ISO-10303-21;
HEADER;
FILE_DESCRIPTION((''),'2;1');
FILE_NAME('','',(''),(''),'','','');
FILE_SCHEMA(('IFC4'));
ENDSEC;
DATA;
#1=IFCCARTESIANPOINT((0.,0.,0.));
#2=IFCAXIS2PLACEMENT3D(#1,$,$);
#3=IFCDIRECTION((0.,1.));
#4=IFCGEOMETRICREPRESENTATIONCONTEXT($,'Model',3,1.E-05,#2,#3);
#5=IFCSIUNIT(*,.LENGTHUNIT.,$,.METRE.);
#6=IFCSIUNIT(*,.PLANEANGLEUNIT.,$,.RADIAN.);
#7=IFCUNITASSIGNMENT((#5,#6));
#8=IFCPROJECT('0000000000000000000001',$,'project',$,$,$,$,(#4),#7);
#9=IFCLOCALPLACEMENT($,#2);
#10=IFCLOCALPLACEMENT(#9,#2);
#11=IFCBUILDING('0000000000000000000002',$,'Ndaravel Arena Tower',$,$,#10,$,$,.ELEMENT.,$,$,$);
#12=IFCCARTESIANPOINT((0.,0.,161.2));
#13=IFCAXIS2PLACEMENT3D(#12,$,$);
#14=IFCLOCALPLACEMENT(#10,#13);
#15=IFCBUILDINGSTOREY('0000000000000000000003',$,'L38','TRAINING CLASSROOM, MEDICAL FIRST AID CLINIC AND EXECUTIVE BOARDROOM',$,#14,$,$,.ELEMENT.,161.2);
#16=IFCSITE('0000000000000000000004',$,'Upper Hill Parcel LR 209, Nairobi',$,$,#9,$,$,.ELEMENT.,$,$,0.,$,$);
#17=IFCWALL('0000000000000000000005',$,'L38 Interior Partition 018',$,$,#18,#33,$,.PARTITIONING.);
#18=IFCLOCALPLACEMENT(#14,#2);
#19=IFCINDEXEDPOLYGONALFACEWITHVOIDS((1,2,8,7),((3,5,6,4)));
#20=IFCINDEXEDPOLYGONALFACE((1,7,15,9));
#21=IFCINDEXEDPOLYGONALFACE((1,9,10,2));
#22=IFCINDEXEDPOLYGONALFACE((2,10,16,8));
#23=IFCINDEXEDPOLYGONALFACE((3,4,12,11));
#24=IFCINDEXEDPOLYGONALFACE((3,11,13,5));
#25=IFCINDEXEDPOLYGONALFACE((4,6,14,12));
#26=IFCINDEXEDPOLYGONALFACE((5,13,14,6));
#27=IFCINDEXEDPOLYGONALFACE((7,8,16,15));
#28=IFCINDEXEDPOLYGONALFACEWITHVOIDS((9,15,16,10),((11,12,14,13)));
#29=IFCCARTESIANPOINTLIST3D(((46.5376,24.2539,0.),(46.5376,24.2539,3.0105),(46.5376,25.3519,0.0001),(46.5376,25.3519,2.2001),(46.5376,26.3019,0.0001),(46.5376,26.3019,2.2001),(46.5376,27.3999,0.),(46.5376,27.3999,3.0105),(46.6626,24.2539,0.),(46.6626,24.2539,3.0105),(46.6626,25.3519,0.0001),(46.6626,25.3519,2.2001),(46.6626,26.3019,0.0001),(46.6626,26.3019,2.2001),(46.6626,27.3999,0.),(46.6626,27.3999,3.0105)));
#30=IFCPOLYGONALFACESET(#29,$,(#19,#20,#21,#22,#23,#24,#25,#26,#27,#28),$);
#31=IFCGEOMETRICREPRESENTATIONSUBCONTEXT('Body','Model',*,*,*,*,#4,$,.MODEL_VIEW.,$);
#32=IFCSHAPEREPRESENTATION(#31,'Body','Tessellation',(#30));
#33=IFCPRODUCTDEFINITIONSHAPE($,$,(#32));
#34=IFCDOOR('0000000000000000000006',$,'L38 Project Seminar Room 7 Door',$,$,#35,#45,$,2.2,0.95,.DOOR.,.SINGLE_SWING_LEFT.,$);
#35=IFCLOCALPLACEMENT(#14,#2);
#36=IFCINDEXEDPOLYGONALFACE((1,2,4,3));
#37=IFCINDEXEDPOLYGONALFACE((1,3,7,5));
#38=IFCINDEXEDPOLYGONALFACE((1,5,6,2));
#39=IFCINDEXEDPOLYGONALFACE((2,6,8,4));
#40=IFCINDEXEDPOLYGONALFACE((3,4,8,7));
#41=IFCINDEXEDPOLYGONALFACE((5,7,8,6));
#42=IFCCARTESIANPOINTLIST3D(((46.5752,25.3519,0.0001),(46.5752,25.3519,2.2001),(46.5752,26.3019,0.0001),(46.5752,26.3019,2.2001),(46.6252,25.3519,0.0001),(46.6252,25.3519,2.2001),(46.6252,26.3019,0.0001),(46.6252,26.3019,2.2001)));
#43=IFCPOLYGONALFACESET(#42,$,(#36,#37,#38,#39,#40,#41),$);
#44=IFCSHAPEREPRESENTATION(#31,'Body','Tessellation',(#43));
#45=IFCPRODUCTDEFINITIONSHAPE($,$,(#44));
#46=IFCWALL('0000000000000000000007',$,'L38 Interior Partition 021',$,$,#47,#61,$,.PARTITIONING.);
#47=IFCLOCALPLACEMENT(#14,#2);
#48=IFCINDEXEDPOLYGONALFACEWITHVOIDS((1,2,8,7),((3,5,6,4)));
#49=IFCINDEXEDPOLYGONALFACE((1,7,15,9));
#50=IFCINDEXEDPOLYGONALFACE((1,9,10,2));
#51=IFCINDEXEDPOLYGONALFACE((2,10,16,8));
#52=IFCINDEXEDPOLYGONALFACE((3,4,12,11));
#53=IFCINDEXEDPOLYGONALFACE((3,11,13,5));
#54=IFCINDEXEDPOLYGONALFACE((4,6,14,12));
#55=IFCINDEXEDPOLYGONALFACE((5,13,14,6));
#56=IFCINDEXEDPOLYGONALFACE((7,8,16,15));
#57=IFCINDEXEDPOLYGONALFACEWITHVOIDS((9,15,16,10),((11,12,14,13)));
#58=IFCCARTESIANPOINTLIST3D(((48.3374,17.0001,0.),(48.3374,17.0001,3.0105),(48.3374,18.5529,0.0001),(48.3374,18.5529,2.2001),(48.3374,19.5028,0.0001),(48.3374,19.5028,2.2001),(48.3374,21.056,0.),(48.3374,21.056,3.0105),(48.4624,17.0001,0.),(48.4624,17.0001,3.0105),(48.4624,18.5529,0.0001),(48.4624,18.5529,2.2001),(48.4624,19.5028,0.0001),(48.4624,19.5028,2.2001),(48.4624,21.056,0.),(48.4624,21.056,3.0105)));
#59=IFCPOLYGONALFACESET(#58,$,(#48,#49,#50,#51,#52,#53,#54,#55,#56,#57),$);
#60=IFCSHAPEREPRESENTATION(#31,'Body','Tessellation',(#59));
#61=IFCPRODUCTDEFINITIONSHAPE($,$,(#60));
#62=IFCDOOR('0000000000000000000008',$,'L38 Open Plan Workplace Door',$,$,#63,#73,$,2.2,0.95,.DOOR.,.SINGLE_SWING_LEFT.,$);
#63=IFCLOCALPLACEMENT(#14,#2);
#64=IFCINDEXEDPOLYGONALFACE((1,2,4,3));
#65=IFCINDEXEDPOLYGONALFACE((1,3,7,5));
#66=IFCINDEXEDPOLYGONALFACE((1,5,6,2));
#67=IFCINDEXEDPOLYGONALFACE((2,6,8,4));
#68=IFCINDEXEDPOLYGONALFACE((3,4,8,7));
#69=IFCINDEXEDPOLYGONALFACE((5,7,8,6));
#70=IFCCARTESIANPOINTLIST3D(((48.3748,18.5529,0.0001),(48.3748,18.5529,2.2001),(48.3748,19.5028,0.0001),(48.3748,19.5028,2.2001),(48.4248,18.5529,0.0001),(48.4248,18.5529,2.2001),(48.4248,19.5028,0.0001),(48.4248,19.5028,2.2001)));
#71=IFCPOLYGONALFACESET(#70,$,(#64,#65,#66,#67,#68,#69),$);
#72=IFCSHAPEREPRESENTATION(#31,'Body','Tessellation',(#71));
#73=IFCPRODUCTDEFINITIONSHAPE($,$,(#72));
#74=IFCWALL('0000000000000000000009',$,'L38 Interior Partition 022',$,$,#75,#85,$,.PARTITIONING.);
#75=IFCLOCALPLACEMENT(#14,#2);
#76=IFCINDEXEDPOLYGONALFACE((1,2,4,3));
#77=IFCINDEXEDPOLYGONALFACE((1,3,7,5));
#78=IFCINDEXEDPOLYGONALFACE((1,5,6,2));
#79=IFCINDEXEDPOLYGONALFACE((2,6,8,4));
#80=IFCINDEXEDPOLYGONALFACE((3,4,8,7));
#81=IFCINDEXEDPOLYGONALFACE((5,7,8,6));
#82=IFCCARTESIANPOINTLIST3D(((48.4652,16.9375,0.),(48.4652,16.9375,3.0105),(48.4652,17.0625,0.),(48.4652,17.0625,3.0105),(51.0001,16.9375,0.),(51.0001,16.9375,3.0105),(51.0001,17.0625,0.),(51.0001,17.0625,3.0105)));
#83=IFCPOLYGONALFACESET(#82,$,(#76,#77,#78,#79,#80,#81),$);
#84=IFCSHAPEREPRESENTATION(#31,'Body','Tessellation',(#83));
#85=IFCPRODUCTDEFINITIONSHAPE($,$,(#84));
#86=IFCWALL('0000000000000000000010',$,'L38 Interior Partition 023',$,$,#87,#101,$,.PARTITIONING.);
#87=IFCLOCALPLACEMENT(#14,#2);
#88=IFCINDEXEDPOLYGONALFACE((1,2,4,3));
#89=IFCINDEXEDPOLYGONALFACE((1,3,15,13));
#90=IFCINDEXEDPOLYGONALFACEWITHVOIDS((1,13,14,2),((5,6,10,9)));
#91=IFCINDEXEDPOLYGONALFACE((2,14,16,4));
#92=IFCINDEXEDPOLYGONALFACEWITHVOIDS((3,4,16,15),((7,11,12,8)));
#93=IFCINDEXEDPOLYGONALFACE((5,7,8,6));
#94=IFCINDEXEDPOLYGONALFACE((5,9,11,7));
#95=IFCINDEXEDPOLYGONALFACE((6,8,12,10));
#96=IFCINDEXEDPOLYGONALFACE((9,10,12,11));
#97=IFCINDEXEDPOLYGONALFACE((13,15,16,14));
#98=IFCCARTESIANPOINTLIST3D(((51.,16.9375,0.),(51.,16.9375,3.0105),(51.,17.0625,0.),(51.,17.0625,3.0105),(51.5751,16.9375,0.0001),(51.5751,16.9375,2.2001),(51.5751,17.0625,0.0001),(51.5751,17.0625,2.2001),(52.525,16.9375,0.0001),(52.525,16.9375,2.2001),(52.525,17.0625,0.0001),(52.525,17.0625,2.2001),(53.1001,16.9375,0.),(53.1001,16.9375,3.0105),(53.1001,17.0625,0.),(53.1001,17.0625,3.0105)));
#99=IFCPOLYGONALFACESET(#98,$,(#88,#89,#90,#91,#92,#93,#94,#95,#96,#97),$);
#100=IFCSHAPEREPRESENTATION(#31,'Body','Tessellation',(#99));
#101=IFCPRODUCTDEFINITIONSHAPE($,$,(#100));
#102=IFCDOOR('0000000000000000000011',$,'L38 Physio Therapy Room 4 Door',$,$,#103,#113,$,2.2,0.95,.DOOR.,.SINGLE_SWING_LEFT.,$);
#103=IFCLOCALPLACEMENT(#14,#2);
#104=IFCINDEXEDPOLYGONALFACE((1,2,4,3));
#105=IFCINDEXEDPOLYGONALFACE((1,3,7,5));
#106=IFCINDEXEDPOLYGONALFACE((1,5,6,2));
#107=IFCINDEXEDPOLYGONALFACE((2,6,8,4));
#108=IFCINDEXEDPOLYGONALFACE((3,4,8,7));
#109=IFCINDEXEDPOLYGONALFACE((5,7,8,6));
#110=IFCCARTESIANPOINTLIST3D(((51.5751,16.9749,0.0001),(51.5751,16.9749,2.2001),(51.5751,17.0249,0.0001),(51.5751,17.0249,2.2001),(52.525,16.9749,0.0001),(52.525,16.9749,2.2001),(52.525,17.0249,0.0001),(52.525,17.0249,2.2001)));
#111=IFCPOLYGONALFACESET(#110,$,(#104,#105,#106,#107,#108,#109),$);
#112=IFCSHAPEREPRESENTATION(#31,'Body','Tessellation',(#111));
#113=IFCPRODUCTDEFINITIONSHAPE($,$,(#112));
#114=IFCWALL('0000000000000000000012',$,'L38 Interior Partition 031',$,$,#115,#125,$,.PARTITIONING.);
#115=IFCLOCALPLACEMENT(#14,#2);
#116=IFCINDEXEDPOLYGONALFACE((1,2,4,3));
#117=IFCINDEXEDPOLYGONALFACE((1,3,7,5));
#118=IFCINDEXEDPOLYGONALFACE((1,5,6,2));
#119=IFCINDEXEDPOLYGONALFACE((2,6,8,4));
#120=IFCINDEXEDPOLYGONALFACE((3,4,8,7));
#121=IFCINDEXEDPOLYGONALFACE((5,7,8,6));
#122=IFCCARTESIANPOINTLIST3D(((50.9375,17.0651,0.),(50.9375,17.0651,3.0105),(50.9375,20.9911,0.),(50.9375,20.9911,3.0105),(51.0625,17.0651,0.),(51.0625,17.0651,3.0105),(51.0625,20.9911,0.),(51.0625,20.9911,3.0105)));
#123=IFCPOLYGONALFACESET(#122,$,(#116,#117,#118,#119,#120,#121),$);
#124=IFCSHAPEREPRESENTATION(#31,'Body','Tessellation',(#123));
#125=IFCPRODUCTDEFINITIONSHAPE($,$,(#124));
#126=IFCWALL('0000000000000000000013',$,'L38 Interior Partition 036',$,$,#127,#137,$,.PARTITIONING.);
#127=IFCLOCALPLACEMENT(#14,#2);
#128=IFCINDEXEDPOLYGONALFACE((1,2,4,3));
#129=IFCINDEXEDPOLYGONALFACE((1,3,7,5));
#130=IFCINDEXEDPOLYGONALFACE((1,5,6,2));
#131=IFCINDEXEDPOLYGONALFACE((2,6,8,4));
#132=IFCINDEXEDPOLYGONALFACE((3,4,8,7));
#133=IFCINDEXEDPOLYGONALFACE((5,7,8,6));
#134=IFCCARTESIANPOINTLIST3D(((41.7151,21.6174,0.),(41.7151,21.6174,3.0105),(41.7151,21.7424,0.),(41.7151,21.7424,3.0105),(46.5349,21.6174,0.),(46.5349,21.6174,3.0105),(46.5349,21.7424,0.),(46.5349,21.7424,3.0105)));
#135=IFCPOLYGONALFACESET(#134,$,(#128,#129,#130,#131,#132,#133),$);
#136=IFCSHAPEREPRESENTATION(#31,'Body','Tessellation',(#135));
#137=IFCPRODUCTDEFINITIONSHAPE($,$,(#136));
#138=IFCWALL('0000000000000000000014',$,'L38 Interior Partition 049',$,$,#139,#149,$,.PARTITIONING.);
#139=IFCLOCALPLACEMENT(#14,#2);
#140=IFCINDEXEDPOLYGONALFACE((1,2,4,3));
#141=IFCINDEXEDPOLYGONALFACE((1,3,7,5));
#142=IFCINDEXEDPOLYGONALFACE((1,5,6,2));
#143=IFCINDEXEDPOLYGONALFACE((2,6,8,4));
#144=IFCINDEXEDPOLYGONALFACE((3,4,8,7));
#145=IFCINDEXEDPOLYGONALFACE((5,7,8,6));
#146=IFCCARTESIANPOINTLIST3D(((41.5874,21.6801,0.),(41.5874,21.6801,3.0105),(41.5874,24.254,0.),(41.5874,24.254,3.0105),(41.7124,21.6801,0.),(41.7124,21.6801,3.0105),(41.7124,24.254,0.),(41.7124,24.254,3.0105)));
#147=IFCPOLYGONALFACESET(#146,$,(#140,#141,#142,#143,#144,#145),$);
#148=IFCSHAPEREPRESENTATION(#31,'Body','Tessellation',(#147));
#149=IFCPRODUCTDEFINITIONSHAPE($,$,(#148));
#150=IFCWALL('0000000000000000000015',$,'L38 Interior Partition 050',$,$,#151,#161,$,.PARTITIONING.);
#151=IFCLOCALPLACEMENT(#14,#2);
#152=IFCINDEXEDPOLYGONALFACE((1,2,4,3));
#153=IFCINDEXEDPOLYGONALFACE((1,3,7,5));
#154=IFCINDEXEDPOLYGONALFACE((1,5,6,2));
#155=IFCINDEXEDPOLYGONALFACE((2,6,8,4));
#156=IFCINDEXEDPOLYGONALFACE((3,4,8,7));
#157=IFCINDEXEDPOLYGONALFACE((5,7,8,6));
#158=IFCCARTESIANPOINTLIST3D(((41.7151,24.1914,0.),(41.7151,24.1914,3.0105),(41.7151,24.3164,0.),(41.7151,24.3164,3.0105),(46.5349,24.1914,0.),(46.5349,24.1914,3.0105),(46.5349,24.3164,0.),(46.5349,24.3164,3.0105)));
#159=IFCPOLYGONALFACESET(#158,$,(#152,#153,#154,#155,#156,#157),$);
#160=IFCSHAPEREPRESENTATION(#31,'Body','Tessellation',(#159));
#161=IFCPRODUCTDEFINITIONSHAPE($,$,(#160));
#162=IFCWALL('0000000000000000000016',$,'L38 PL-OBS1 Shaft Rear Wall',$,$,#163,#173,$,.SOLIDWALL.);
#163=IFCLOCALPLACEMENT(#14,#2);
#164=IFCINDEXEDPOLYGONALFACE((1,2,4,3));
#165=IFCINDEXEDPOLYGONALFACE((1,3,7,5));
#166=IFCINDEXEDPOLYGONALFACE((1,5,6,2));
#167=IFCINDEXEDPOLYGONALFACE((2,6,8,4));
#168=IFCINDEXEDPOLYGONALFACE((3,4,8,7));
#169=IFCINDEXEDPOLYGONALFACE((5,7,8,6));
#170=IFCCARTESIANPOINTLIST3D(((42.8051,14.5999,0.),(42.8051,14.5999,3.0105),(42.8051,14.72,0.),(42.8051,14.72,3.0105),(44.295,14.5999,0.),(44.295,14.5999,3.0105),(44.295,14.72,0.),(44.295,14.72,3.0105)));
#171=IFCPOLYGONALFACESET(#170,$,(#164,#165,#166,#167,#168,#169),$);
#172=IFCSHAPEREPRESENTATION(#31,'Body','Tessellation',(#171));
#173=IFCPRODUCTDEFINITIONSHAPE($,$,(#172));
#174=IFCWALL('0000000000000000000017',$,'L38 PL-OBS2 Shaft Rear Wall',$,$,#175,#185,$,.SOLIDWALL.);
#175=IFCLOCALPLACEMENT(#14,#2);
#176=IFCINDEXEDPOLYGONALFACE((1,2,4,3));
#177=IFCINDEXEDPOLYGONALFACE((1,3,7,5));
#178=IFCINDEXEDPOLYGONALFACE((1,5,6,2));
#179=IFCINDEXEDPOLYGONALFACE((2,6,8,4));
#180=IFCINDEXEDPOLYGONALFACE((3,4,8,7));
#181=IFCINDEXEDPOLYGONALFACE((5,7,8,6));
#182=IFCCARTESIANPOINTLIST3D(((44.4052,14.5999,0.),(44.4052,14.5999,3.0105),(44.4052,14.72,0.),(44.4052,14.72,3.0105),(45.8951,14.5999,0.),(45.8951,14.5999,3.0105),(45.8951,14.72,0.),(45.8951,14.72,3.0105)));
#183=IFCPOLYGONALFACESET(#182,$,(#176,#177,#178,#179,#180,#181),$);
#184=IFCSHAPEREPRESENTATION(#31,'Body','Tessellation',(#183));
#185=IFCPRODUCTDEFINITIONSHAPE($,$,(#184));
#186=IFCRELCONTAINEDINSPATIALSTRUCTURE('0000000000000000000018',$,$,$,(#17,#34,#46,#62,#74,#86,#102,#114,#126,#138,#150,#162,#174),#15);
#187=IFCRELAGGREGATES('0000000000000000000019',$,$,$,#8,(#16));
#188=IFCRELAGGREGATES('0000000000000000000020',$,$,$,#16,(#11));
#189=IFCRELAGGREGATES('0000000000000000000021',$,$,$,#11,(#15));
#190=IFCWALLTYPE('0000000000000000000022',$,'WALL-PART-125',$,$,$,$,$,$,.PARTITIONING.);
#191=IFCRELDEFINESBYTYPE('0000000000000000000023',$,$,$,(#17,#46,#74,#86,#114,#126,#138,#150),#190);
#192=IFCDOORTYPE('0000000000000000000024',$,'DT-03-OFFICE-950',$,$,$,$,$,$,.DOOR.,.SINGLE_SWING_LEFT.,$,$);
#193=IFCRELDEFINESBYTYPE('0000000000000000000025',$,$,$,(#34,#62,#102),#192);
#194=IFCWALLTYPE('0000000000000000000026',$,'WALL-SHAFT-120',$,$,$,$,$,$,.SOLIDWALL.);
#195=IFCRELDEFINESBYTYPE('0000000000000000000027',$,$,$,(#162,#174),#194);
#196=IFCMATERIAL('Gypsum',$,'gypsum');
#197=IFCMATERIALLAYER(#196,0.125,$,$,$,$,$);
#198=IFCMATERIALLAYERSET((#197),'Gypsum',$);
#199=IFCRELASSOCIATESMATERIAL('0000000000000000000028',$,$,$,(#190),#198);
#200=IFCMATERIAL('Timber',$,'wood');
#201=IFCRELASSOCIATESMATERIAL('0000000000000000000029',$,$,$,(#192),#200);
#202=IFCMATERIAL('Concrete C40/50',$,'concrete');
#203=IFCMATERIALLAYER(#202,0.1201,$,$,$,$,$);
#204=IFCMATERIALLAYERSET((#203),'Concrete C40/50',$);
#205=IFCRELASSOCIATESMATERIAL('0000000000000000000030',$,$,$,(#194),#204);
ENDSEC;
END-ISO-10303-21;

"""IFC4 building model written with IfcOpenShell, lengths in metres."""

from ifc_helpers import new_model, si_unit, direction, frame, frame_2d, origin, place, context, subcontext, project, spatial, rectangle, extrude, material, layer, layer_set, type_object, element, fill, save


model = new_model("IFC4")

# Units and contexts
model_context = context("Model", 3, precision=1e-05, world=origin(), true_north=direction((0.0, 1.0)))
body_context = subcontext(model_context, "Body", "Model", "MODEL_VIEW")
ifc_project = project(units=[si_unit("LENGTHUNIT", "METRE"), si_unit("PLANEANGLEUNIT", "RADIAN")], contexts=[model_context])

# Site, building, storey
site_placement = place(None, origin())
site = spatial("IfcSite", under=ifc_project, at=site_placement, Name="Upper Hill Parcel LR 209, Nairobi", CompositionType="ELEMENT", RefElevation=0.0)
building_placement = place(site_placement, origin())
building = spatial("IfcBuilding", under=site, at=building_placement, Name="Ndaravel Arena Tower", CompositionType="ELEMENT")
storey_placement = place(building_placement, frame((0.0, 0.0, 161.2)))
storey = spatial("IfcBuildingStorey", under=building, at=storey_placement, Name="L38", Description="TRAINING CLASSROOM, MEDICAL FIRST AID CLINIC AND EXECUTIVE BOARDROOM", CompositionType="ELEMENT", Elevation=161.2)

# Shared definitions
ifc_material_1 = material(Name="Gypsum", Category="gypsum")
ifc_layer_1 = layer(ifc_material_1, 0.125)
ifc_layer_set_1 = layer_set([ifc_layer_1], Name="Gypsum")
wall_type_1 = type_object("IfcWallType", Name="WALL-PART-125", PredefinedType="PARTITIONING", material=ifc_layer_set_1)

# Walls, openings, doors
ifc_material_2 = material(Name="Timber", Category="wood")
door_type = type_object("IfcDoorType", Name="DT-03-OFFICE-950", OperationType="SINGLE_SWING_LEFT", PredefinedType="DOOR", material=ifc_material_2)
wall_1_placement = place(storey_placement, frame((46.6001, 24.2539, 0.0), z_axis=(0.0, 0.0, 1.0), x_axis=(0.0, 1.0, 0.0)))
wall_1 = element("IfcWall", 1, at=wall_1_placement, inside=storey, type_object=wall_type_1, Name="L38 Interior Partition 018", PredefinedType="PARTITIONING", context=body_context, shape_type="SweptSolid", body=[
    extrude(rectangle(XDim=3.146, YDim=0.125, at=frame_2d((1.573, 0.0))), origin(), (0.0, 0.0, 1.0), 3.0105),
])
opening_1_placement = place(wall_1_placement, frame((1.0979, 0.0, 0.0)))
opening_1 = element("IfcOpeningElement", 2, at=opening_1_placement, cuts=wall_1, PredefinedType="OPENING", context=body_context, shape_type="SweptSolid", body=[
    extrude(rectangle(XDim=0.95, YDim=2.2, at=frame_2d((0.4751, 1.1001))), frame((0.0, 0.0625, 0.0), z_axis=(0.0, -1.0, 0.0), x_axis=(1.0, 0.0, 0.0)), (0.0, 0.0, 1.0), 0.125),
])
door_1_placement = place(opening_1_placement, origin())
door_1 = element("IfcDoor", 3, at=door_1_placement, inside=storey, type_object=door_type, Name="L38 Project Seminar Room 7 Door", OperationType="SINGLE_SWING_LEFT", OverallHeight=2.2, OverallWidth=0.95, PredefinedType="DOOR", context=body_context, shape_type="SweptSolid", body=[
    extrude(rectangle(XDim=0.95, YDim=2.2, at=frame_2d((0.4751, 1.1001))), frame((0.0, 0.0249, 0.0), z_axis=(0.0, -1.0, 0.0), x_axis=(1.0, 0.0, 0.0)), (0.0, 0.0, 1.0), 0.05),
])
fill(opening_1, door_1)
wall_2_placement = place(storey_placement, frame((48.3999, 21.0559, 0.0), z_axis=(0.0, 0.0, 1.0), x_axis=(0.0, -1.0, 0.0)))
wall_2 = element("IfcWall", 4, at=wall_2_placement, inside=storey, type_object=wall_type_1, Name="L38 Interior Partition 021", PredefinedType="PARTITIONING", context=body_context, shape_type="SweptSolid", body=[
    extrude(rectangle(XDim=4.0559, YDim=0.125, at=frame_2d((2.0278, 0.0))), origin(), (0.0, 0.0, 1.0), 3.0105),
])
opening_2_placement = place(wall_2_placement, frame((1.553, 0.0, 0.0)))
opening_2 = element("IfcOpeningElement", 5, at=opening_2_placement, cuts=wall_2, PredefinedType="OPENING", context=body_context, shape_type="SweptSolid", body=[
    extrude(rectangle(XDim=0.95, YDim=2.2, at=frame_2d((0.4751, 1.1001))), frame((0.0, 0.0625, 0.0), z_axis=(0.0, -1.0, 0.0), x_axis=(1.0, 0.0, 0.0)), (0.0, 0.0, 1.0), 0.125),
])
door_2_placement = place(opening_2_placement, origin())
door_2 = element("IfcDoor", 6, at=door_2_placement, inside=storey, type_object=door_type, Name="L38 Open Plan Workplace Door", OperationType="SINGLE_SWING_LEFT", OverallHeight=2.2, OverallWidth=0.95, PredefinedType="DOOR", context=body_context, shape_type="SweptSolid", body=[
    extrude(rectangle(XDim=0.95, YDim=2.2, at=frame_2d((0.4751, 1.1001))), frame((0.0, 0.0249, 0.0), z_axis=(0.0, -1.0, 0.0), x_axis=(1.0, 0.0, 0.0)), (0.0, 0.0, 1.0), 0.05),
])
fill(opening_2, door_2)

# Wall
wall_3_placement = place(storey_placement, frame((48.4651, 17.0, 0.0), z_axis=(0.0, 0.0, 1.0), x_axis=(1.0, 0.0, 0.0)))
element("IfcWall", 7, at=wall_3_placement, inside=storey, type_object=wall_type_1, Name="L38 Interior Partition 022", PredefinedType="PARTITIONING", context=body_context, shape_type="SweptSolid", body=[
    extrude(rectangle(XDim=2.5349, YDim=0.125, at=frame_2d((1.2676, 0.0))), origin(), (0.0, 0.0, 1.0), 3.0105),
])

# Wall, opening, door
wall_4_placement = place(storey_placement, frame((51.0, 17.0, 0.0), z_axis=(0.0, 0.0, 1.0), x_axis=(1.0, 0.0, 0.0)))
wall_4 = element("IfcWall", 8, at=wall_4_placement, inside=storey, type_object=wall_type_1, Name="L38 Interior Partition 023", PredefinedType="PARTITIONING", context=body_context, shape_type="SweptSolid", body=[
    extrude(rectangle(XDim=2.1001, YDim=0.125, at=frame_2d((1.05, 0.0))), origin(), (0.0, 0.0, 1.0), 3.0105),
])
opening_3_placement = place(wall_4_placement, frame((0.575, 0.0, 0.0)))
opening_3 = element("IfcOpeningElement", 9, at=opening_3_placement, cuts=wall_4, PredefinedType="OPENING", context=body_context, shape_type="SweptSolid", body=[
    extrude(rectangle(XDim=0.95, YDim=2.2, at=frame_2d((0.4751, 1.1001))), frame((0.0, 0.0625, 0.0), z_axis=(0.0, -1.0, 0.0), x_axis=(1.0, 0.0, 0.0)), (0.0, 0.0, 1.0), 0.125),
])
door_3_placement = place(opening_3_placement, origin())
door_3 = element("IfcDoor", 10, at=door_3_placement, inside=storey, type_object=door_type, Name="L38 Physio Therapy Room 4 Door", OperationType="SINGLE_SWING_LEFT", OverallHeight=2.2, OverallWidth=0.95, PredefinedType="DOOR", context=body_context, shape_type="SweptSolid", body=[
    extrude(rectangle(XDim=0.95, YDim=2.2, at=frame_2d((0.4751, 1.1001))), frame((0.0, 0.0249, 0.0), z_axis=(0.0, -1.0, 0.0), x_axis=(1.0, 0.0, 0.0)), (0.0, 0.0, 1.0), 0.05),
])
fill(opening_3, door_3)

# Walls
wall_5_placement = place(storey_placement, frame((51.0, 20.991, 0.0), z_axis=(0.0, 0.0, 1.0), x_axis=(0.0, -1.0, 0.0)))
element("IfcWall", 11, at=wall_5_placement, inside=storey, type_object=wall_type_1, Name="L38 Interior Partition 031", PredefinedType="PARTITIONING", context=body_context, shape_type="SweptSolid", body=[
    extrude(rectangle(XDim=3.926, YDim=0.125, at=frame_2d((1.9629, 0.0))), origin(), (0.0, 0.0, 1.0), 3.0105),
])
wall_6_placement = place(storey_placement, frame((41.7151, 21.6799, 0.0), z_axis=(0.0, 0.0, 1.0), x_axis=(1.0, 0.0, 0.0)))
element("IfcWall", 12, at=wall_6_placement, inside=storey, type_object=wall_type_1, Name="L38 Interior Partition 036", PredefinedType="PARTITIONING", context=body_context, shape_type="SweptSolid", body=[
    extrude(rectangle(XDim=4.8198, YDim=0.125, at=frame_2d((2.4099, 0.0))), origin(), (0.0, 0.0, 1.0), 3.0105),
])
wall_7_placement = place(storey_placement, frame((41.6499, 21.6799, 0.0), z_axis=(0.0, 0.0, 1.0), x_axis=(0.0, 1.0, 0.0)))
element("IfcWall", 13, at=wall_7_placement, inside=storey, type_object=wall_type_1, Name="L38 Interior Partition 049", PredefinedType="PARTITIONING", context=body_context, shape_type="SweptSolid", body=[
    extrude(rectangle(XDim=2.574, YDim=0.125, at=frame_2d((1.2871, 0.0))), origin(), (0.0, 0.0, 1.0), 3.0105),
])
wall_8_placement = place(storey_placement, frame((41.7151, 24.2539, 0.0), z_axis=(0.0, 0.0, 1.0), x_axis=(1.0, 0.0, 0.0)))
element("IfcWall", 14, at=wall_8_placement, inside=storey, type_object=wall_type_1, Name="L38 Interior Partition 050", PredefinedType="PARTITIONING", context=body_context, shape_type="SweptSolid", body=[
    extrude(rectangle(XDim=4.8198, YDim=0.125, at=frame_2d((2.4099, 0.0))), origin(), (0.0, 0.0, 1.0), 3.0105),
])
ifc_material_3 = material(Name="Concrete C40/50", Category="concrete")
ifc_layer_2 = layer(ifc_material_3, 0.1201)
ifc_layer_set_2 = layer_set([ifc_layer_2], Name="Concrete C40/50")
wall_type_2 = type_object("IfcWallType", Name="WALL-SHAFT-120", PredefinedType="SOLIDWALL", material=ifc_layer_set_2)
for number, where, z_axis, x_axis, name in (
    (15, (42.8049, 14.6599, 0.0), (0.0, 0.0, 1.0), (1.0, 0.0, 0.0), "L38 PL-OBS1 Shaft Rear Wall"),
    (16, (44.405, 14.6599, 0.0), (0.0, 0.0, 1.0), (1.0, 0.0, 0.0), "L38 PL-OBS2 Shaft Rear Wall"),
):
    element("IfcWall", number, at=place(storey_placement, frame(where, z_axis=z_axis, x_axis=x_axis)), inside=storey, type_object=wall_type_2, Name=name, PredefinedType="SOLIDWALL", context=body_context, shape_type="SweptSolid", body=[
        extrude(rectangle(XDim=1.49, YDim=0.1201, at=frame_2d((0.7451, 0.0))), origin(), (0.0, 0.0, 1.0), 3.0105),
    ])

save(model, "model.ifc")
